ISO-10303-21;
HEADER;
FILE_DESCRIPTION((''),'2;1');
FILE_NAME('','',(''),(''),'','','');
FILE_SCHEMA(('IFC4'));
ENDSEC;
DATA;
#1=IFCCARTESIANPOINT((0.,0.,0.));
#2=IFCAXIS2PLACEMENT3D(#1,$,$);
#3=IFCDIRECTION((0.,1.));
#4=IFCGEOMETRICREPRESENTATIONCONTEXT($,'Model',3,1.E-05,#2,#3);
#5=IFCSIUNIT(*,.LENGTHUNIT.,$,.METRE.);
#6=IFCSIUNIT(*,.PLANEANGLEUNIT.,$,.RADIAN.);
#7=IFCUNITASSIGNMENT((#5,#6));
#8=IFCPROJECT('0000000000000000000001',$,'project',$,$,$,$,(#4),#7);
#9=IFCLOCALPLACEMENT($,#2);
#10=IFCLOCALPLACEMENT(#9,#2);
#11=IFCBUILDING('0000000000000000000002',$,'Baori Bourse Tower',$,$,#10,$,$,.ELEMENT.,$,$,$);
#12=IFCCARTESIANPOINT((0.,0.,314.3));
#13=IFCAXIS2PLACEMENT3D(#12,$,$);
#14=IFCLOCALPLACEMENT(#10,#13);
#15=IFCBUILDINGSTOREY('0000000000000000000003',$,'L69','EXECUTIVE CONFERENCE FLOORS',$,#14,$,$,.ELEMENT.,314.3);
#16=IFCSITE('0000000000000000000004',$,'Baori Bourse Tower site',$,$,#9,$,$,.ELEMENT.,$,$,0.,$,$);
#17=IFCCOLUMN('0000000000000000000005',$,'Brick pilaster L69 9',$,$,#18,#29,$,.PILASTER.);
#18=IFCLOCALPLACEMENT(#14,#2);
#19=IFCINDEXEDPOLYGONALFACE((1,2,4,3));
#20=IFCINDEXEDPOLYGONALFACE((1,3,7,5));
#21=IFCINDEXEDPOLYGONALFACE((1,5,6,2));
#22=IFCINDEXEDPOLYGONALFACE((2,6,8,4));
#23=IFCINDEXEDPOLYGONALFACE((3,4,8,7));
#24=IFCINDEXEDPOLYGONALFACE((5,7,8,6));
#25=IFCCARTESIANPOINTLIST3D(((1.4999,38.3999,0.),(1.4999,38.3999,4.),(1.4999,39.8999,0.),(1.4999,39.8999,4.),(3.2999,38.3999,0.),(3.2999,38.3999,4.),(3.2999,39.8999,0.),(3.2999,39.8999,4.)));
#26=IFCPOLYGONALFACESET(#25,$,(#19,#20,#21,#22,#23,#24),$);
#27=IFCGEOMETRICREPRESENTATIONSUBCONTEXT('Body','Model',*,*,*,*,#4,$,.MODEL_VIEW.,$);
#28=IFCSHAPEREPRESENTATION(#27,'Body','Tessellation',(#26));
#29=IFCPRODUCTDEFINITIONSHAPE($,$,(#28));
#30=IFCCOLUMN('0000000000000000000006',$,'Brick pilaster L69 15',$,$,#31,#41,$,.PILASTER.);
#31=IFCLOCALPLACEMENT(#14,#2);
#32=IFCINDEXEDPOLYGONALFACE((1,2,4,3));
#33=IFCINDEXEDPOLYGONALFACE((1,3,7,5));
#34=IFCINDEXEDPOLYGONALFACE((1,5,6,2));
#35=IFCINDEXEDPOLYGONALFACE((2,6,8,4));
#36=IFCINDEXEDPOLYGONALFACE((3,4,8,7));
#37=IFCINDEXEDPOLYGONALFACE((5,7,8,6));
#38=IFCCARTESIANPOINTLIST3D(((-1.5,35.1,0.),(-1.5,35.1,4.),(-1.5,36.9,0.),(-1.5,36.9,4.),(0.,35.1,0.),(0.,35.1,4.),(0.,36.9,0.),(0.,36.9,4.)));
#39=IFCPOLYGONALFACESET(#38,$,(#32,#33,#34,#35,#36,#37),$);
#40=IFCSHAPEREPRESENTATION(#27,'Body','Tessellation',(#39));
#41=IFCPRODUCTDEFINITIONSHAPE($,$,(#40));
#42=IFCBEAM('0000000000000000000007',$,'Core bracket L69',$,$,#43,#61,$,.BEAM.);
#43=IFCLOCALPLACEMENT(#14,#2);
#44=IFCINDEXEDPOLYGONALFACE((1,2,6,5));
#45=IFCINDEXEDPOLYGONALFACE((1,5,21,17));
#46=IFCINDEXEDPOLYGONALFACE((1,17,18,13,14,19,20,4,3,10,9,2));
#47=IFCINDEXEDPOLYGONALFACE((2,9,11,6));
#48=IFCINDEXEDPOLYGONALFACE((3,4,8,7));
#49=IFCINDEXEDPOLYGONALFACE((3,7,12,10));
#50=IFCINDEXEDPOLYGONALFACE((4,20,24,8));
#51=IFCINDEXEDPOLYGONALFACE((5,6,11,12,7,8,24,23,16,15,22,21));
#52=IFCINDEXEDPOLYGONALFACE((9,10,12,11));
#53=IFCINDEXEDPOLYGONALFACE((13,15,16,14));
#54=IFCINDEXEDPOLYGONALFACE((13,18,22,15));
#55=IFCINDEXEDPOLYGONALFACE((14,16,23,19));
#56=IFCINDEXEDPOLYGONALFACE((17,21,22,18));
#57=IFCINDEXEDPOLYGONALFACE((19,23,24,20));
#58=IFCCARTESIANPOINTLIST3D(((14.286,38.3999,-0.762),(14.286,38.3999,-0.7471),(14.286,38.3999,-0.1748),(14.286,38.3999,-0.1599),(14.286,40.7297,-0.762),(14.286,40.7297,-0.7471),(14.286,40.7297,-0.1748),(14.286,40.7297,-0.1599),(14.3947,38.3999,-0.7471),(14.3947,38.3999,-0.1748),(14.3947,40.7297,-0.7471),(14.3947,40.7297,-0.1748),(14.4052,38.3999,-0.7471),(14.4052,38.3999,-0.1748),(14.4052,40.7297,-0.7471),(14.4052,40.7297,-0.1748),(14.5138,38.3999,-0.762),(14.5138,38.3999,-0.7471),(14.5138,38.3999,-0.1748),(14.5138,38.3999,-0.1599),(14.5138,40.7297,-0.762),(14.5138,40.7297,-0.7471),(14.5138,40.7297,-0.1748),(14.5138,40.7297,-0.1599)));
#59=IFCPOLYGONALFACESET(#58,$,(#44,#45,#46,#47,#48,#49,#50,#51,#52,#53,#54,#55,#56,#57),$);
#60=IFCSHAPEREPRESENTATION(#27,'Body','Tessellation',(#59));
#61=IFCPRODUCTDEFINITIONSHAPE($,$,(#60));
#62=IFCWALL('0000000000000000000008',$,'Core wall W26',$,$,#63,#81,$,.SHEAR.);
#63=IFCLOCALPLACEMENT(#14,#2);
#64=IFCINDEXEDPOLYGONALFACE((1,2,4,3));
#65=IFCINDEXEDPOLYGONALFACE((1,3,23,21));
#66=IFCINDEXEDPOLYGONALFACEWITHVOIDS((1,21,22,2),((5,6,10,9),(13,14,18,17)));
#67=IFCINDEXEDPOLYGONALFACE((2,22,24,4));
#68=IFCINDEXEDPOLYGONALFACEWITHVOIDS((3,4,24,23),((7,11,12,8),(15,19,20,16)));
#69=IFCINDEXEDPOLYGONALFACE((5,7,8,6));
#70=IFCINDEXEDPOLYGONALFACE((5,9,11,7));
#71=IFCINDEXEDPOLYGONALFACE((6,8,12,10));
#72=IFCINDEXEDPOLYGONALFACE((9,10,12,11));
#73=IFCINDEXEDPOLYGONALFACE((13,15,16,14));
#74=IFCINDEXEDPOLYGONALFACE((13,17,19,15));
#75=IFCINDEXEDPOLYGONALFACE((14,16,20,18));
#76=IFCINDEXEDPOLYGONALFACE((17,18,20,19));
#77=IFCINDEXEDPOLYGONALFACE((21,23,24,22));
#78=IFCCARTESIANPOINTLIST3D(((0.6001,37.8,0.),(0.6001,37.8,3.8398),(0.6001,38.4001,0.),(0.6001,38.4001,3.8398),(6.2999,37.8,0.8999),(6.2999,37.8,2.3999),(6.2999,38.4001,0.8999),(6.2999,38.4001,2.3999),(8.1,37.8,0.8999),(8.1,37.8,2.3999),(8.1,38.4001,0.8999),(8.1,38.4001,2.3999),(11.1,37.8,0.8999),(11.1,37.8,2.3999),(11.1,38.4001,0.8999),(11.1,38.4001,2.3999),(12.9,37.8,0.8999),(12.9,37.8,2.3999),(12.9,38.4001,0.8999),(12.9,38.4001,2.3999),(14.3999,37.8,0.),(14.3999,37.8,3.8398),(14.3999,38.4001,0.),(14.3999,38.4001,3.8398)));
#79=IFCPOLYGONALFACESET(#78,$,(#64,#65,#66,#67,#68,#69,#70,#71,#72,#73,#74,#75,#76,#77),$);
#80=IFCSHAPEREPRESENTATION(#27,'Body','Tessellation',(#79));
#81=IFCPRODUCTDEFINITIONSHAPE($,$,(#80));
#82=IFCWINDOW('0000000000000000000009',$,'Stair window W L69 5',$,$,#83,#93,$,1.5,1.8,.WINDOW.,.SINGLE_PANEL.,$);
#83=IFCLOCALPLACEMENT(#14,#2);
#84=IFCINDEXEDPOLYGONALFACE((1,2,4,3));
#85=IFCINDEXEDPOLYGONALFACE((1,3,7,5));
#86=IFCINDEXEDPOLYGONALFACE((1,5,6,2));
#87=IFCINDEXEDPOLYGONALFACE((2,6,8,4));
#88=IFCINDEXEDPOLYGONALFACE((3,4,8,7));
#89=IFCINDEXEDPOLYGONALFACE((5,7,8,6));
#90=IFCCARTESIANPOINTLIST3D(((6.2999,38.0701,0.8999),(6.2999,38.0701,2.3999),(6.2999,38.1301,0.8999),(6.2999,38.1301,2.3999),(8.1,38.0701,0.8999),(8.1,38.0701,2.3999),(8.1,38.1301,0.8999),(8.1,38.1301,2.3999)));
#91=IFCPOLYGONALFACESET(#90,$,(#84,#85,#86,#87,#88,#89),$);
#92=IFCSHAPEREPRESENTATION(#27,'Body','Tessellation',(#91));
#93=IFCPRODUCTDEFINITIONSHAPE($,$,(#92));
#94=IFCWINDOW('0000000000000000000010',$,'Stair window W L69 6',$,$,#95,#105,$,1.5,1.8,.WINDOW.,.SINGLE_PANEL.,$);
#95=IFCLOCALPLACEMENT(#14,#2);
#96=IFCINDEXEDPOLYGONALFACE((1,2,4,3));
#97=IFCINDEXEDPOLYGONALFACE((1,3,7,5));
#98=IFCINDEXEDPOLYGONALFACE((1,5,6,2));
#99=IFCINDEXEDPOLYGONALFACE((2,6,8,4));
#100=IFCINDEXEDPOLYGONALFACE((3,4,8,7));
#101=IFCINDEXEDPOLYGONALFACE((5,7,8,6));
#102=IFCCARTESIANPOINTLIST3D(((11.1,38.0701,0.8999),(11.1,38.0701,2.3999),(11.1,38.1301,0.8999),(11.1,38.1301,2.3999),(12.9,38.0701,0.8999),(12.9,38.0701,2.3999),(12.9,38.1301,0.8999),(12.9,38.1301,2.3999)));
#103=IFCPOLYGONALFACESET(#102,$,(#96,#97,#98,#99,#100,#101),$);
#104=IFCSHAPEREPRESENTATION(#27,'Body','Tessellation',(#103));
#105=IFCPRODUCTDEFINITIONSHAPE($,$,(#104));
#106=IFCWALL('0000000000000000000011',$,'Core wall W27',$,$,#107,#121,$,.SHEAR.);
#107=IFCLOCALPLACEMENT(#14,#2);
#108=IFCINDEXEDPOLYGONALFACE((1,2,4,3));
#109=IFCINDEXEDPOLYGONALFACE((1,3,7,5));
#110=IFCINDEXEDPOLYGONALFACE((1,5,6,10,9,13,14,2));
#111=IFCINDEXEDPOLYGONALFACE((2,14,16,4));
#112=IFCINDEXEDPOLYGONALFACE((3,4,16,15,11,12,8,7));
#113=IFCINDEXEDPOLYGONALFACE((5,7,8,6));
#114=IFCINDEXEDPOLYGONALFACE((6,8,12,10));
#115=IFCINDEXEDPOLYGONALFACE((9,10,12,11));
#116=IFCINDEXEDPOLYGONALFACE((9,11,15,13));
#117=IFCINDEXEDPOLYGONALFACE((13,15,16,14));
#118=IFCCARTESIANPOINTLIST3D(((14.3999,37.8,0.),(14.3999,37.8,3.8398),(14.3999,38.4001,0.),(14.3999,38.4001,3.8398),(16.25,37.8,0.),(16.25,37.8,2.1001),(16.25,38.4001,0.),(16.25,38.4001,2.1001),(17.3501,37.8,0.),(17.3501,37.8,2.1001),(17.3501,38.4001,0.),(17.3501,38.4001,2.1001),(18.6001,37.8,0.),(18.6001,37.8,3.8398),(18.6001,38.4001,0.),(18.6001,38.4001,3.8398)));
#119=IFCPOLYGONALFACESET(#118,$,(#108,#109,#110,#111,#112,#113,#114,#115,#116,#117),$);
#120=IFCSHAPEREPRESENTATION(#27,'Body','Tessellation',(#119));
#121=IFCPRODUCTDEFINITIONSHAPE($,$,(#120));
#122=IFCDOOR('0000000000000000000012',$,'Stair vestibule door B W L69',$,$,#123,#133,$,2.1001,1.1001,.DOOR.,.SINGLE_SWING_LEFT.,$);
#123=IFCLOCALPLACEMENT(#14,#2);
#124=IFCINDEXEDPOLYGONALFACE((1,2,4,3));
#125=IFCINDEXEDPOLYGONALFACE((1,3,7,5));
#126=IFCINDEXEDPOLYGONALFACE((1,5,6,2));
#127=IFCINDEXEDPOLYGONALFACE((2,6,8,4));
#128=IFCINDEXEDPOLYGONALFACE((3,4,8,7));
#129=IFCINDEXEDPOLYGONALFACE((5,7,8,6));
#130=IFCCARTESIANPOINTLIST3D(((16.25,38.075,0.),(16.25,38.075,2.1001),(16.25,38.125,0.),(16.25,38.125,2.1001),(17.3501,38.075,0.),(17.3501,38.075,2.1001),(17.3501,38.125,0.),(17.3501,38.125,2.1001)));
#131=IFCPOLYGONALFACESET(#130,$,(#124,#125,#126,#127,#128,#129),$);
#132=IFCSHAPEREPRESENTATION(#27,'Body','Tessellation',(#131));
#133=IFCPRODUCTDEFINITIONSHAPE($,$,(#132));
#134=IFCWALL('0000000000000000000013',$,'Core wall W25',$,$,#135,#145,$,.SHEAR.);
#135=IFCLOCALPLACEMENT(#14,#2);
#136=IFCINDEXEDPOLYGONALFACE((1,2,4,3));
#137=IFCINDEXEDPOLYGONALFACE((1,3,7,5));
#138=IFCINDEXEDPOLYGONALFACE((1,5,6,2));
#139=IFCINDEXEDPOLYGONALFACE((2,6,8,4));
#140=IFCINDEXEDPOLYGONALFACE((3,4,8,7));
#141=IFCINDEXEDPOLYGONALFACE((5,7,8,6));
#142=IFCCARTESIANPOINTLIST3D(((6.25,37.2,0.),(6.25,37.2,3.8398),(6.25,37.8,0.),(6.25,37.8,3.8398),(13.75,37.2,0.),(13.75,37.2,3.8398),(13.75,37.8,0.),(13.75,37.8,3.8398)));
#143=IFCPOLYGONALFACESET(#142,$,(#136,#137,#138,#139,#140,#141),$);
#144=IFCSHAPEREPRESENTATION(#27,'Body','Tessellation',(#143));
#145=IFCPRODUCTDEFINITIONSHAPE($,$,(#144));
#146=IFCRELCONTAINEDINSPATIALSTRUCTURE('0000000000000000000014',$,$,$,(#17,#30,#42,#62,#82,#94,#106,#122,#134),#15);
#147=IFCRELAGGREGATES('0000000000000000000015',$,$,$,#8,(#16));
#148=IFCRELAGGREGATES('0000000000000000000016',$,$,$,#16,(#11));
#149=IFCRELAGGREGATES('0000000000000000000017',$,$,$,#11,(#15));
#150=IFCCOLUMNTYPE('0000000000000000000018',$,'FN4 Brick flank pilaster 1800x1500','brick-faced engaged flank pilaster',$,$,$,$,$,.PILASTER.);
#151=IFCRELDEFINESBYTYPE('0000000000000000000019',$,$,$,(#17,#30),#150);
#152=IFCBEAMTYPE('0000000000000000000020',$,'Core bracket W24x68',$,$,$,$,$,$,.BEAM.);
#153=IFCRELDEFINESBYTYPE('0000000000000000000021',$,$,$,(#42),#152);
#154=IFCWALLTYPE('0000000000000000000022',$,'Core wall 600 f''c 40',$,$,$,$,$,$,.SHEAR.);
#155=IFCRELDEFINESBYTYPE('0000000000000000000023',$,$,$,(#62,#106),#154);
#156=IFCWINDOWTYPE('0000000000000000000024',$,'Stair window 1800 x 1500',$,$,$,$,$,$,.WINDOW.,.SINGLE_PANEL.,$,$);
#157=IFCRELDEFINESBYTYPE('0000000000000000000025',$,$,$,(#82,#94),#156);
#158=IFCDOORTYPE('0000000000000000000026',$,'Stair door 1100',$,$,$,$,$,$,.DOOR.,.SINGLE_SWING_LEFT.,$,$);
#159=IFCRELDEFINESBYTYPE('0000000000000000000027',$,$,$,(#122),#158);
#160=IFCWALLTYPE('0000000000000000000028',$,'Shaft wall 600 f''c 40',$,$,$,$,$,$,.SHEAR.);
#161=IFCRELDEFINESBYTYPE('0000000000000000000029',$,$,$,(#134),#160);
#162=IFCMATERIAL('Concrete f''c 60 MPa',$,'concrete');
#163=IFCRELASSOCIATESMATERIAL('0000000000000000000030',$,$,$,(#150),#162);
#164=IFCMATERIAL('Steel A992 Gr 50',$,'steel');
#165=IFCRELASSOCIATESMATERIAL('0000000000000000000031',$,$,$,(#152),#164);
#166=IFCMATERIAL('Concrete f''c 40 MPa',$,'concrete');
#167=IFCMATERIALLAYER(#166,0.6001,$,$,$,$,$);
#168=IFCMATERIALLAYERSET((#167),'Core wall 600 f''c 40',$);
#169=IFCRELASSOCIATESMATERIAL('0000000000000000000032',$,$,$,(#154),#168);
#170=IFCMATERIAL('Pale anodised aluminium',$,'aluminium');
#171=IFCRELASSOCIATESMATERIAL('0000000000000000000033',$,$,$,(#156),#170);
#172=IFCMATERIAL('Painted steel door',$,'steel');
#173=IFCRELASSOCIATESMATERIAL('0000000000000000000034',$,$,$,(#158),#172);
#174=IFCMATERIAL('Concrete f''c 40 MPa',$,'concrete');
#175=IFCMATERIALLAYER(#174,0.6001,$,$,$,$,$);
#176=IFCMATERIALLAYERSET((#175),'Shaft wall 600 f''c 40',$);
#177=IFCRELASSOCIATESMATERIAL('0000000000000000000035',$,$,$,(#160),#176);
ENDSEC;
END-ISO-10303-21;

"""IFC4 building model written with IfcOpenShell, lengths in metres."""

from ifc_helpers import new_model, si_unit, direction, frame, frame_2d, origin, origin_2d, place, context, subcontext, project, spatial, rectangle, i_section, extrude, material, layer, layer_set, material_profile, profile_set, type_object, element, fill, save


model = new_model("IFC4")

# Units and contexts
model_context = context("Model", 3, precision=1e-05, world=origin(), true_north=direction((0.0, 1.0)))
body_context = subcontext(model_context, "Body", "Model", "MODEL_VIEW")
ifc_project = project(units=[si_unit("LENGTHUNIT", "METRE"), si_unit("PLANEANGLEUNIT", "RADIAN")], contexts=[model_context])

# Site, building, storey
site_placement = place(None, origin())
site = spatial("IfcSite", under=ifc_project, at=site_placement, Name="Baori Bourse Tower site", CompositionType="ELEMENT", RefElevation=0.0)
building_placement = place(site_placement, origin())
building = spatial("IfcBuilding", under=site, at=building_placement, Name="Baori Bourse Tower", CompositionType="ELEMENT")
storey_placement = place(building_placement, frame((0.0, 0.0, 314.3)))
storey = spatial("IfcBuildingStorey", under=building, at=storey_placement, Name="L69", Description="EXECUTIVE CONFERENCE FLOORS", CompositionType="ELEMENT", Elevation=314.3)

# Columns
ifc_material_1 = material(Name="Concrete f'c 60 MPa", Category="concrete")
ifc_material_profile_1 = material_profile(ifc_material_1, rectangle(XDim=1.8, YDim=1.5, at=origin_2d()), Name="RC 1800x1500")
ifc_profile_set_1 = profile_set([ifc_material_profile_1], Name="Concrete f'c 60 MPa")
column_type = type_object("IfcColumnType", Name="FN4 Brick flank pilaster 1800x1500", Description="brick-faced engaged flank pilaster", PredefinedType="PILASTER", material=ifc_profile_set_1)
for number, where, z_axis, x_axis, name in (
    (1, (2.3999, 39.1499, 0.0), (0.0, 0.0, 1.0), (1.0, 0.0, 0.0), "Brick pilaster L69 9"),
    (2, (-0.75, 36.0, 0.0), (0.0, 0.0, 1.0), (0.0, 1.0, 0.0), "Brick pilaster L69 15"),
):
    element("IfcColumn", number, at=place(storey_placement, frame(where, z_axis=z_axis, x_axis=x_axis)), inside=storey, type_object=column_type, Name=name, PredefinedType="PILASTER", context=body_context, shape_type="SweptSolid", body=[
        extrude(rectangle(XDim=1.8, YDim=1.5, at=origin_2d()), origin(), (0.0, 0.0, 1.0), 4.0),
    ])

# Beam
ifc_material_2 = material(Name="Steel A992 Gr 50", Category="steel")
ifc_material_profile_2 = material_profile(ifc_material_2, i_section(OverallWidth=0.2278, OverallDepth=0.6021, WebThickness=0.0105, FlangeThickness=0.0149, at=origin_2d()), Name="W24x68")
ifc_profile_set_2 = profile_set([ifc_material_profile_2], Name="Steel A992 Gr 50")
beam_type = type_object("IfcBeamType", Name="Core bracket W24x68", PredefinedType="BEAM", material=ifc_profile_set_2)
beam_placement = place(storey_placement, frame((14.3999, 38.3999, -0.4609), z_axis=(0.0, 1.0, 0.0), x_axis=(-1.0, 0.0, 0.0)))
element("IfcBeam", 3, at=beam_placement, inside=storey, type_object=beam_type, Name="Core bracket L69", PredefinedType="BEAM", context=body_context, shape_type="SweptSolid", body=[
    extrude(i_section(OverallWidth=0.2278, OverallDepth=0.6021, WebThickness=0.0105, FlangeThickness=0.0149, at=origin_2d()), origin(), (0.0, 0.0, 1.0), 2.3298),
])

# Wall, openings, windows
ifc_material_3 = material(Name="Concrete f'c 40 MPa", Category="concrete")
ifc_layer_1 = layer(ifc_material_3, 0.6001)
ifc_layer_set_1 = layer_set([ifc_layer_1], Name="Core wall 600 f'c 40")
wall_type_1 = type_object("IfcWallType", Name="Core wall 600 f'c 40", PredefinedType="SHEAR", material=ifc_layer_set_1)
wall_1_placement = place(storey_placement, frame((0.6001, 38.1001, 0.0), z_axis=(0.0, 0.0, 1.0), x_axis=(1.0, 0.0, 0.0)))
wall_1 = element("IfcWall", 4, at=wall_1_placement, inside=storey, type_object=wall_type_1, Name="Core wall W26", PredefinedType="SHEAR", context=body_context, shape_type="SweptSolid", body=[
    extrude(rectangle(XDim=13.7998, YDim=0.6001, at=frame_2d((6.8999, 0.0))), origin(), (0.0, 0.0, 1.0), 3.8398),
])
opening_1_placement = place(wall_1_placement, frame((5.7, 0.0, 0.8999)))
opening_1 = element("IfcOpeningElement", 5, at=opening_1_placement, cuts=wall_1, PredefinedType="OPENING", context=body_context, shape_type="SweptSolid", body=[
    extrude(rectangle(XDim=1.8, YDim=1.5, at=frame_2d((0.8999, 0.75))), frame((0.0, 0.3101, 0.0), z_axis=(0.0, -1.0, 0.0), x_axis=(1.0, 0.0, 0.0)), (0.0, 0.0, 1.0), 0.6201),
])
opening_2_placement = place(wall_1_placement, frame((10.5, 0.0, 0.8999)))
opening_2 = element("IfcOpeningElement", 6, at=opening_2_placement, cuts=wall_1, PredefinedType="OPENING", context=body_context, shape_type="SweptSolid", body=[
    extrude(rectangle(XDim=1.8, YDim=1.5, at=frame_2d((0.8999, 0.75))), frame((0.0, 0.3101, 0.0), z_axis=(0.0, -1.0, 0.0), x_axis=(1.0, 0.0, 0.0)), (0.0, 0.0, 1.0), 0.6201),
])
ifc_material_4 = material(Name="Pale anodised aluminium", Category="aluminium")
window_type = type_object("IfcWindowType", Name="Stair window 1800 x 1500", PartitioningType="SINGLE_PANEL", PredefinedType="WINDOW", material=ifc_material_4)
window_1_placement = place(opening_1_placement, origin())
window_1 = element("IfcWindow", 7, at=window_1_placement, inside=storey, type_object=window_type, Name="Stair window W L69 5", OverallHeight=1.5, OverallWidth=1.8, PartitioningType="SINGLE_PANEL", PredefinedType="WINDOW", context=body_context, shape_type="SweptSolid", body=[
    extrude(rectangle(XDim=1.8, YDim=1.5, at=frame_2d((0.8999, 0.75))), frame((0.0, 0.03, 0.0), z_axis=(0.0, -1.0, 0.0), x_axis=(1.0, 0.0, 0.0)), (0.0, 0.0, 1.0), 0.0601),
])
fill(opening_1, window_1)
window_2_placement = place(opening_2_placement, origin())
window_2 = element("IfcWindow", 8, at=window_2_placement, inside=storey, type_object=window_type, Name="Stair window W L69 6", OverallHeight=1.5, OverallWidth=1.8, PartitioningType="SINGLE_PANEL", PredefinedType="WINDOW", context=body_context, shape_type="SweptSolid", body=[
    extrude(rectangle(XDim=1.8, YDim=1.5, at=frame_2d((0.8999, 0.75))), frame((0.0, 0.03, 0.0), z_axis=(0.0, -1.0, 0.0), x_axis=(1.0, 0.0, 0.0)), (0.0, 0.0, 1.0), 0.0601),
])
fill(opening_2, window_2)

# Wall, opening, door
wall_2_placement = place(storey_placement, frame((14.3999, 38.1001, 0.0), z_axis=(0.0, 0.0, 1.0), x_axis=(1.0, 0.0, 0.0)))
wall_2 = element("IfcWall", 9, at=wall_2_placement, inside=storey, type_object=wall_type_1, Name="Core wall W27", PredefinedType="SHEAR", context=body_context, shape_type="SweptSolid", body=[
    extrude(rectangle(XDim=4.2002, YDim=0.6001, at=frame_2d((2.1001, 0.0))), origin(), (0.0, 0.0, 1.0), 3.8398),
])
opening_3_placement = place(wall_2_placement, frame((1.8501, 0.0, 0.0)))
opening_3 = element("IfcOpeningElement", 10, at=opening_3_placement, cuts=wall_2, PredefinedType="OPENING", context=body_context, shape_type="SweptSolid", body=[
    extrude(rectangle(XDim=1.1001, YDim=2.1001, at=frame_2d((0.55, 1.05))), frame((0.0, 0.3101, 0.0), z_axis=(0.0, -1.0, 0.0), x_axis=(1.0, 0.0, 0.0)), (0.0, 0.0, 1.0), 0.6201),
])
ifc_material_5 = material(Name="Painted steel door", Category="steel")
door_type = type_object("IfcDoorType", Name="Stair door 1100", OperationType="SINGLE_SWING_LEFT", PredefinedType="DOOR", material=ifc_material_5)
door_placement = place(opening_3_placement, origin())
door = element("IfcDoor", 11, at=door_placement, inside=storey, type_object=door_type, Name="Stair vestibule door B W L69", OperationType="SINGLE_SWING_LEFT", OverallHeight=2.1001, OverallWidth=1.1001, PredefinedType="DOOR", context=body_context, shape_type="SweptSolid", body=[
    extrude(rectangle(XDim=1.1001, YDim=2.1001, at=frame_2d((0.55, 1.05))), frame((0.0, 0.0249, 0.0), z_axis=(0.0, -1.0, 0.0), x_axis=(1.0, 0.0, 0.0)), (0.0, 0.0, 1.0), 0.05),
])
fill(opening_3, door)

# Wall
ifc_material_6 = material(Name="Concrete f'c 40 MPa", Category="concrete")
ifc_layer_2 = layer(ifc_material_6, 0.6001)
ifc_layer_set_2 = layer_set([ifc_layer_2], Name="Shaft wall 600 f'c 40")
wall_type_2 = type_object("IfcWallType", Name="Shaft wall 600 f'c 40", PredefinedType="SHEAR", material=ifc_layer_set_2)
wall_3_placement = place(storey_placement, frame((6.25, 37.5, 0.0), z_axis=(0.0, 0.0, 1.0), x_axis=(1.0, 0.0, 0.0)))
element("IfcWall", 12, at=wall_3_placement, inside=storey, type_object=wall_type_2, Name="Core wall W25", PredefinedType="SHEAR", context=body_context, shape_type="SweptSolid", body=[
    extrude(rectangle(XDim=7.5, YDim=0.6001, at=frame_2d((3.75, 0.0))), origin(), (0.0, 0.0, 1.0), 3.8398),
])

save(model, "model.ifc")
